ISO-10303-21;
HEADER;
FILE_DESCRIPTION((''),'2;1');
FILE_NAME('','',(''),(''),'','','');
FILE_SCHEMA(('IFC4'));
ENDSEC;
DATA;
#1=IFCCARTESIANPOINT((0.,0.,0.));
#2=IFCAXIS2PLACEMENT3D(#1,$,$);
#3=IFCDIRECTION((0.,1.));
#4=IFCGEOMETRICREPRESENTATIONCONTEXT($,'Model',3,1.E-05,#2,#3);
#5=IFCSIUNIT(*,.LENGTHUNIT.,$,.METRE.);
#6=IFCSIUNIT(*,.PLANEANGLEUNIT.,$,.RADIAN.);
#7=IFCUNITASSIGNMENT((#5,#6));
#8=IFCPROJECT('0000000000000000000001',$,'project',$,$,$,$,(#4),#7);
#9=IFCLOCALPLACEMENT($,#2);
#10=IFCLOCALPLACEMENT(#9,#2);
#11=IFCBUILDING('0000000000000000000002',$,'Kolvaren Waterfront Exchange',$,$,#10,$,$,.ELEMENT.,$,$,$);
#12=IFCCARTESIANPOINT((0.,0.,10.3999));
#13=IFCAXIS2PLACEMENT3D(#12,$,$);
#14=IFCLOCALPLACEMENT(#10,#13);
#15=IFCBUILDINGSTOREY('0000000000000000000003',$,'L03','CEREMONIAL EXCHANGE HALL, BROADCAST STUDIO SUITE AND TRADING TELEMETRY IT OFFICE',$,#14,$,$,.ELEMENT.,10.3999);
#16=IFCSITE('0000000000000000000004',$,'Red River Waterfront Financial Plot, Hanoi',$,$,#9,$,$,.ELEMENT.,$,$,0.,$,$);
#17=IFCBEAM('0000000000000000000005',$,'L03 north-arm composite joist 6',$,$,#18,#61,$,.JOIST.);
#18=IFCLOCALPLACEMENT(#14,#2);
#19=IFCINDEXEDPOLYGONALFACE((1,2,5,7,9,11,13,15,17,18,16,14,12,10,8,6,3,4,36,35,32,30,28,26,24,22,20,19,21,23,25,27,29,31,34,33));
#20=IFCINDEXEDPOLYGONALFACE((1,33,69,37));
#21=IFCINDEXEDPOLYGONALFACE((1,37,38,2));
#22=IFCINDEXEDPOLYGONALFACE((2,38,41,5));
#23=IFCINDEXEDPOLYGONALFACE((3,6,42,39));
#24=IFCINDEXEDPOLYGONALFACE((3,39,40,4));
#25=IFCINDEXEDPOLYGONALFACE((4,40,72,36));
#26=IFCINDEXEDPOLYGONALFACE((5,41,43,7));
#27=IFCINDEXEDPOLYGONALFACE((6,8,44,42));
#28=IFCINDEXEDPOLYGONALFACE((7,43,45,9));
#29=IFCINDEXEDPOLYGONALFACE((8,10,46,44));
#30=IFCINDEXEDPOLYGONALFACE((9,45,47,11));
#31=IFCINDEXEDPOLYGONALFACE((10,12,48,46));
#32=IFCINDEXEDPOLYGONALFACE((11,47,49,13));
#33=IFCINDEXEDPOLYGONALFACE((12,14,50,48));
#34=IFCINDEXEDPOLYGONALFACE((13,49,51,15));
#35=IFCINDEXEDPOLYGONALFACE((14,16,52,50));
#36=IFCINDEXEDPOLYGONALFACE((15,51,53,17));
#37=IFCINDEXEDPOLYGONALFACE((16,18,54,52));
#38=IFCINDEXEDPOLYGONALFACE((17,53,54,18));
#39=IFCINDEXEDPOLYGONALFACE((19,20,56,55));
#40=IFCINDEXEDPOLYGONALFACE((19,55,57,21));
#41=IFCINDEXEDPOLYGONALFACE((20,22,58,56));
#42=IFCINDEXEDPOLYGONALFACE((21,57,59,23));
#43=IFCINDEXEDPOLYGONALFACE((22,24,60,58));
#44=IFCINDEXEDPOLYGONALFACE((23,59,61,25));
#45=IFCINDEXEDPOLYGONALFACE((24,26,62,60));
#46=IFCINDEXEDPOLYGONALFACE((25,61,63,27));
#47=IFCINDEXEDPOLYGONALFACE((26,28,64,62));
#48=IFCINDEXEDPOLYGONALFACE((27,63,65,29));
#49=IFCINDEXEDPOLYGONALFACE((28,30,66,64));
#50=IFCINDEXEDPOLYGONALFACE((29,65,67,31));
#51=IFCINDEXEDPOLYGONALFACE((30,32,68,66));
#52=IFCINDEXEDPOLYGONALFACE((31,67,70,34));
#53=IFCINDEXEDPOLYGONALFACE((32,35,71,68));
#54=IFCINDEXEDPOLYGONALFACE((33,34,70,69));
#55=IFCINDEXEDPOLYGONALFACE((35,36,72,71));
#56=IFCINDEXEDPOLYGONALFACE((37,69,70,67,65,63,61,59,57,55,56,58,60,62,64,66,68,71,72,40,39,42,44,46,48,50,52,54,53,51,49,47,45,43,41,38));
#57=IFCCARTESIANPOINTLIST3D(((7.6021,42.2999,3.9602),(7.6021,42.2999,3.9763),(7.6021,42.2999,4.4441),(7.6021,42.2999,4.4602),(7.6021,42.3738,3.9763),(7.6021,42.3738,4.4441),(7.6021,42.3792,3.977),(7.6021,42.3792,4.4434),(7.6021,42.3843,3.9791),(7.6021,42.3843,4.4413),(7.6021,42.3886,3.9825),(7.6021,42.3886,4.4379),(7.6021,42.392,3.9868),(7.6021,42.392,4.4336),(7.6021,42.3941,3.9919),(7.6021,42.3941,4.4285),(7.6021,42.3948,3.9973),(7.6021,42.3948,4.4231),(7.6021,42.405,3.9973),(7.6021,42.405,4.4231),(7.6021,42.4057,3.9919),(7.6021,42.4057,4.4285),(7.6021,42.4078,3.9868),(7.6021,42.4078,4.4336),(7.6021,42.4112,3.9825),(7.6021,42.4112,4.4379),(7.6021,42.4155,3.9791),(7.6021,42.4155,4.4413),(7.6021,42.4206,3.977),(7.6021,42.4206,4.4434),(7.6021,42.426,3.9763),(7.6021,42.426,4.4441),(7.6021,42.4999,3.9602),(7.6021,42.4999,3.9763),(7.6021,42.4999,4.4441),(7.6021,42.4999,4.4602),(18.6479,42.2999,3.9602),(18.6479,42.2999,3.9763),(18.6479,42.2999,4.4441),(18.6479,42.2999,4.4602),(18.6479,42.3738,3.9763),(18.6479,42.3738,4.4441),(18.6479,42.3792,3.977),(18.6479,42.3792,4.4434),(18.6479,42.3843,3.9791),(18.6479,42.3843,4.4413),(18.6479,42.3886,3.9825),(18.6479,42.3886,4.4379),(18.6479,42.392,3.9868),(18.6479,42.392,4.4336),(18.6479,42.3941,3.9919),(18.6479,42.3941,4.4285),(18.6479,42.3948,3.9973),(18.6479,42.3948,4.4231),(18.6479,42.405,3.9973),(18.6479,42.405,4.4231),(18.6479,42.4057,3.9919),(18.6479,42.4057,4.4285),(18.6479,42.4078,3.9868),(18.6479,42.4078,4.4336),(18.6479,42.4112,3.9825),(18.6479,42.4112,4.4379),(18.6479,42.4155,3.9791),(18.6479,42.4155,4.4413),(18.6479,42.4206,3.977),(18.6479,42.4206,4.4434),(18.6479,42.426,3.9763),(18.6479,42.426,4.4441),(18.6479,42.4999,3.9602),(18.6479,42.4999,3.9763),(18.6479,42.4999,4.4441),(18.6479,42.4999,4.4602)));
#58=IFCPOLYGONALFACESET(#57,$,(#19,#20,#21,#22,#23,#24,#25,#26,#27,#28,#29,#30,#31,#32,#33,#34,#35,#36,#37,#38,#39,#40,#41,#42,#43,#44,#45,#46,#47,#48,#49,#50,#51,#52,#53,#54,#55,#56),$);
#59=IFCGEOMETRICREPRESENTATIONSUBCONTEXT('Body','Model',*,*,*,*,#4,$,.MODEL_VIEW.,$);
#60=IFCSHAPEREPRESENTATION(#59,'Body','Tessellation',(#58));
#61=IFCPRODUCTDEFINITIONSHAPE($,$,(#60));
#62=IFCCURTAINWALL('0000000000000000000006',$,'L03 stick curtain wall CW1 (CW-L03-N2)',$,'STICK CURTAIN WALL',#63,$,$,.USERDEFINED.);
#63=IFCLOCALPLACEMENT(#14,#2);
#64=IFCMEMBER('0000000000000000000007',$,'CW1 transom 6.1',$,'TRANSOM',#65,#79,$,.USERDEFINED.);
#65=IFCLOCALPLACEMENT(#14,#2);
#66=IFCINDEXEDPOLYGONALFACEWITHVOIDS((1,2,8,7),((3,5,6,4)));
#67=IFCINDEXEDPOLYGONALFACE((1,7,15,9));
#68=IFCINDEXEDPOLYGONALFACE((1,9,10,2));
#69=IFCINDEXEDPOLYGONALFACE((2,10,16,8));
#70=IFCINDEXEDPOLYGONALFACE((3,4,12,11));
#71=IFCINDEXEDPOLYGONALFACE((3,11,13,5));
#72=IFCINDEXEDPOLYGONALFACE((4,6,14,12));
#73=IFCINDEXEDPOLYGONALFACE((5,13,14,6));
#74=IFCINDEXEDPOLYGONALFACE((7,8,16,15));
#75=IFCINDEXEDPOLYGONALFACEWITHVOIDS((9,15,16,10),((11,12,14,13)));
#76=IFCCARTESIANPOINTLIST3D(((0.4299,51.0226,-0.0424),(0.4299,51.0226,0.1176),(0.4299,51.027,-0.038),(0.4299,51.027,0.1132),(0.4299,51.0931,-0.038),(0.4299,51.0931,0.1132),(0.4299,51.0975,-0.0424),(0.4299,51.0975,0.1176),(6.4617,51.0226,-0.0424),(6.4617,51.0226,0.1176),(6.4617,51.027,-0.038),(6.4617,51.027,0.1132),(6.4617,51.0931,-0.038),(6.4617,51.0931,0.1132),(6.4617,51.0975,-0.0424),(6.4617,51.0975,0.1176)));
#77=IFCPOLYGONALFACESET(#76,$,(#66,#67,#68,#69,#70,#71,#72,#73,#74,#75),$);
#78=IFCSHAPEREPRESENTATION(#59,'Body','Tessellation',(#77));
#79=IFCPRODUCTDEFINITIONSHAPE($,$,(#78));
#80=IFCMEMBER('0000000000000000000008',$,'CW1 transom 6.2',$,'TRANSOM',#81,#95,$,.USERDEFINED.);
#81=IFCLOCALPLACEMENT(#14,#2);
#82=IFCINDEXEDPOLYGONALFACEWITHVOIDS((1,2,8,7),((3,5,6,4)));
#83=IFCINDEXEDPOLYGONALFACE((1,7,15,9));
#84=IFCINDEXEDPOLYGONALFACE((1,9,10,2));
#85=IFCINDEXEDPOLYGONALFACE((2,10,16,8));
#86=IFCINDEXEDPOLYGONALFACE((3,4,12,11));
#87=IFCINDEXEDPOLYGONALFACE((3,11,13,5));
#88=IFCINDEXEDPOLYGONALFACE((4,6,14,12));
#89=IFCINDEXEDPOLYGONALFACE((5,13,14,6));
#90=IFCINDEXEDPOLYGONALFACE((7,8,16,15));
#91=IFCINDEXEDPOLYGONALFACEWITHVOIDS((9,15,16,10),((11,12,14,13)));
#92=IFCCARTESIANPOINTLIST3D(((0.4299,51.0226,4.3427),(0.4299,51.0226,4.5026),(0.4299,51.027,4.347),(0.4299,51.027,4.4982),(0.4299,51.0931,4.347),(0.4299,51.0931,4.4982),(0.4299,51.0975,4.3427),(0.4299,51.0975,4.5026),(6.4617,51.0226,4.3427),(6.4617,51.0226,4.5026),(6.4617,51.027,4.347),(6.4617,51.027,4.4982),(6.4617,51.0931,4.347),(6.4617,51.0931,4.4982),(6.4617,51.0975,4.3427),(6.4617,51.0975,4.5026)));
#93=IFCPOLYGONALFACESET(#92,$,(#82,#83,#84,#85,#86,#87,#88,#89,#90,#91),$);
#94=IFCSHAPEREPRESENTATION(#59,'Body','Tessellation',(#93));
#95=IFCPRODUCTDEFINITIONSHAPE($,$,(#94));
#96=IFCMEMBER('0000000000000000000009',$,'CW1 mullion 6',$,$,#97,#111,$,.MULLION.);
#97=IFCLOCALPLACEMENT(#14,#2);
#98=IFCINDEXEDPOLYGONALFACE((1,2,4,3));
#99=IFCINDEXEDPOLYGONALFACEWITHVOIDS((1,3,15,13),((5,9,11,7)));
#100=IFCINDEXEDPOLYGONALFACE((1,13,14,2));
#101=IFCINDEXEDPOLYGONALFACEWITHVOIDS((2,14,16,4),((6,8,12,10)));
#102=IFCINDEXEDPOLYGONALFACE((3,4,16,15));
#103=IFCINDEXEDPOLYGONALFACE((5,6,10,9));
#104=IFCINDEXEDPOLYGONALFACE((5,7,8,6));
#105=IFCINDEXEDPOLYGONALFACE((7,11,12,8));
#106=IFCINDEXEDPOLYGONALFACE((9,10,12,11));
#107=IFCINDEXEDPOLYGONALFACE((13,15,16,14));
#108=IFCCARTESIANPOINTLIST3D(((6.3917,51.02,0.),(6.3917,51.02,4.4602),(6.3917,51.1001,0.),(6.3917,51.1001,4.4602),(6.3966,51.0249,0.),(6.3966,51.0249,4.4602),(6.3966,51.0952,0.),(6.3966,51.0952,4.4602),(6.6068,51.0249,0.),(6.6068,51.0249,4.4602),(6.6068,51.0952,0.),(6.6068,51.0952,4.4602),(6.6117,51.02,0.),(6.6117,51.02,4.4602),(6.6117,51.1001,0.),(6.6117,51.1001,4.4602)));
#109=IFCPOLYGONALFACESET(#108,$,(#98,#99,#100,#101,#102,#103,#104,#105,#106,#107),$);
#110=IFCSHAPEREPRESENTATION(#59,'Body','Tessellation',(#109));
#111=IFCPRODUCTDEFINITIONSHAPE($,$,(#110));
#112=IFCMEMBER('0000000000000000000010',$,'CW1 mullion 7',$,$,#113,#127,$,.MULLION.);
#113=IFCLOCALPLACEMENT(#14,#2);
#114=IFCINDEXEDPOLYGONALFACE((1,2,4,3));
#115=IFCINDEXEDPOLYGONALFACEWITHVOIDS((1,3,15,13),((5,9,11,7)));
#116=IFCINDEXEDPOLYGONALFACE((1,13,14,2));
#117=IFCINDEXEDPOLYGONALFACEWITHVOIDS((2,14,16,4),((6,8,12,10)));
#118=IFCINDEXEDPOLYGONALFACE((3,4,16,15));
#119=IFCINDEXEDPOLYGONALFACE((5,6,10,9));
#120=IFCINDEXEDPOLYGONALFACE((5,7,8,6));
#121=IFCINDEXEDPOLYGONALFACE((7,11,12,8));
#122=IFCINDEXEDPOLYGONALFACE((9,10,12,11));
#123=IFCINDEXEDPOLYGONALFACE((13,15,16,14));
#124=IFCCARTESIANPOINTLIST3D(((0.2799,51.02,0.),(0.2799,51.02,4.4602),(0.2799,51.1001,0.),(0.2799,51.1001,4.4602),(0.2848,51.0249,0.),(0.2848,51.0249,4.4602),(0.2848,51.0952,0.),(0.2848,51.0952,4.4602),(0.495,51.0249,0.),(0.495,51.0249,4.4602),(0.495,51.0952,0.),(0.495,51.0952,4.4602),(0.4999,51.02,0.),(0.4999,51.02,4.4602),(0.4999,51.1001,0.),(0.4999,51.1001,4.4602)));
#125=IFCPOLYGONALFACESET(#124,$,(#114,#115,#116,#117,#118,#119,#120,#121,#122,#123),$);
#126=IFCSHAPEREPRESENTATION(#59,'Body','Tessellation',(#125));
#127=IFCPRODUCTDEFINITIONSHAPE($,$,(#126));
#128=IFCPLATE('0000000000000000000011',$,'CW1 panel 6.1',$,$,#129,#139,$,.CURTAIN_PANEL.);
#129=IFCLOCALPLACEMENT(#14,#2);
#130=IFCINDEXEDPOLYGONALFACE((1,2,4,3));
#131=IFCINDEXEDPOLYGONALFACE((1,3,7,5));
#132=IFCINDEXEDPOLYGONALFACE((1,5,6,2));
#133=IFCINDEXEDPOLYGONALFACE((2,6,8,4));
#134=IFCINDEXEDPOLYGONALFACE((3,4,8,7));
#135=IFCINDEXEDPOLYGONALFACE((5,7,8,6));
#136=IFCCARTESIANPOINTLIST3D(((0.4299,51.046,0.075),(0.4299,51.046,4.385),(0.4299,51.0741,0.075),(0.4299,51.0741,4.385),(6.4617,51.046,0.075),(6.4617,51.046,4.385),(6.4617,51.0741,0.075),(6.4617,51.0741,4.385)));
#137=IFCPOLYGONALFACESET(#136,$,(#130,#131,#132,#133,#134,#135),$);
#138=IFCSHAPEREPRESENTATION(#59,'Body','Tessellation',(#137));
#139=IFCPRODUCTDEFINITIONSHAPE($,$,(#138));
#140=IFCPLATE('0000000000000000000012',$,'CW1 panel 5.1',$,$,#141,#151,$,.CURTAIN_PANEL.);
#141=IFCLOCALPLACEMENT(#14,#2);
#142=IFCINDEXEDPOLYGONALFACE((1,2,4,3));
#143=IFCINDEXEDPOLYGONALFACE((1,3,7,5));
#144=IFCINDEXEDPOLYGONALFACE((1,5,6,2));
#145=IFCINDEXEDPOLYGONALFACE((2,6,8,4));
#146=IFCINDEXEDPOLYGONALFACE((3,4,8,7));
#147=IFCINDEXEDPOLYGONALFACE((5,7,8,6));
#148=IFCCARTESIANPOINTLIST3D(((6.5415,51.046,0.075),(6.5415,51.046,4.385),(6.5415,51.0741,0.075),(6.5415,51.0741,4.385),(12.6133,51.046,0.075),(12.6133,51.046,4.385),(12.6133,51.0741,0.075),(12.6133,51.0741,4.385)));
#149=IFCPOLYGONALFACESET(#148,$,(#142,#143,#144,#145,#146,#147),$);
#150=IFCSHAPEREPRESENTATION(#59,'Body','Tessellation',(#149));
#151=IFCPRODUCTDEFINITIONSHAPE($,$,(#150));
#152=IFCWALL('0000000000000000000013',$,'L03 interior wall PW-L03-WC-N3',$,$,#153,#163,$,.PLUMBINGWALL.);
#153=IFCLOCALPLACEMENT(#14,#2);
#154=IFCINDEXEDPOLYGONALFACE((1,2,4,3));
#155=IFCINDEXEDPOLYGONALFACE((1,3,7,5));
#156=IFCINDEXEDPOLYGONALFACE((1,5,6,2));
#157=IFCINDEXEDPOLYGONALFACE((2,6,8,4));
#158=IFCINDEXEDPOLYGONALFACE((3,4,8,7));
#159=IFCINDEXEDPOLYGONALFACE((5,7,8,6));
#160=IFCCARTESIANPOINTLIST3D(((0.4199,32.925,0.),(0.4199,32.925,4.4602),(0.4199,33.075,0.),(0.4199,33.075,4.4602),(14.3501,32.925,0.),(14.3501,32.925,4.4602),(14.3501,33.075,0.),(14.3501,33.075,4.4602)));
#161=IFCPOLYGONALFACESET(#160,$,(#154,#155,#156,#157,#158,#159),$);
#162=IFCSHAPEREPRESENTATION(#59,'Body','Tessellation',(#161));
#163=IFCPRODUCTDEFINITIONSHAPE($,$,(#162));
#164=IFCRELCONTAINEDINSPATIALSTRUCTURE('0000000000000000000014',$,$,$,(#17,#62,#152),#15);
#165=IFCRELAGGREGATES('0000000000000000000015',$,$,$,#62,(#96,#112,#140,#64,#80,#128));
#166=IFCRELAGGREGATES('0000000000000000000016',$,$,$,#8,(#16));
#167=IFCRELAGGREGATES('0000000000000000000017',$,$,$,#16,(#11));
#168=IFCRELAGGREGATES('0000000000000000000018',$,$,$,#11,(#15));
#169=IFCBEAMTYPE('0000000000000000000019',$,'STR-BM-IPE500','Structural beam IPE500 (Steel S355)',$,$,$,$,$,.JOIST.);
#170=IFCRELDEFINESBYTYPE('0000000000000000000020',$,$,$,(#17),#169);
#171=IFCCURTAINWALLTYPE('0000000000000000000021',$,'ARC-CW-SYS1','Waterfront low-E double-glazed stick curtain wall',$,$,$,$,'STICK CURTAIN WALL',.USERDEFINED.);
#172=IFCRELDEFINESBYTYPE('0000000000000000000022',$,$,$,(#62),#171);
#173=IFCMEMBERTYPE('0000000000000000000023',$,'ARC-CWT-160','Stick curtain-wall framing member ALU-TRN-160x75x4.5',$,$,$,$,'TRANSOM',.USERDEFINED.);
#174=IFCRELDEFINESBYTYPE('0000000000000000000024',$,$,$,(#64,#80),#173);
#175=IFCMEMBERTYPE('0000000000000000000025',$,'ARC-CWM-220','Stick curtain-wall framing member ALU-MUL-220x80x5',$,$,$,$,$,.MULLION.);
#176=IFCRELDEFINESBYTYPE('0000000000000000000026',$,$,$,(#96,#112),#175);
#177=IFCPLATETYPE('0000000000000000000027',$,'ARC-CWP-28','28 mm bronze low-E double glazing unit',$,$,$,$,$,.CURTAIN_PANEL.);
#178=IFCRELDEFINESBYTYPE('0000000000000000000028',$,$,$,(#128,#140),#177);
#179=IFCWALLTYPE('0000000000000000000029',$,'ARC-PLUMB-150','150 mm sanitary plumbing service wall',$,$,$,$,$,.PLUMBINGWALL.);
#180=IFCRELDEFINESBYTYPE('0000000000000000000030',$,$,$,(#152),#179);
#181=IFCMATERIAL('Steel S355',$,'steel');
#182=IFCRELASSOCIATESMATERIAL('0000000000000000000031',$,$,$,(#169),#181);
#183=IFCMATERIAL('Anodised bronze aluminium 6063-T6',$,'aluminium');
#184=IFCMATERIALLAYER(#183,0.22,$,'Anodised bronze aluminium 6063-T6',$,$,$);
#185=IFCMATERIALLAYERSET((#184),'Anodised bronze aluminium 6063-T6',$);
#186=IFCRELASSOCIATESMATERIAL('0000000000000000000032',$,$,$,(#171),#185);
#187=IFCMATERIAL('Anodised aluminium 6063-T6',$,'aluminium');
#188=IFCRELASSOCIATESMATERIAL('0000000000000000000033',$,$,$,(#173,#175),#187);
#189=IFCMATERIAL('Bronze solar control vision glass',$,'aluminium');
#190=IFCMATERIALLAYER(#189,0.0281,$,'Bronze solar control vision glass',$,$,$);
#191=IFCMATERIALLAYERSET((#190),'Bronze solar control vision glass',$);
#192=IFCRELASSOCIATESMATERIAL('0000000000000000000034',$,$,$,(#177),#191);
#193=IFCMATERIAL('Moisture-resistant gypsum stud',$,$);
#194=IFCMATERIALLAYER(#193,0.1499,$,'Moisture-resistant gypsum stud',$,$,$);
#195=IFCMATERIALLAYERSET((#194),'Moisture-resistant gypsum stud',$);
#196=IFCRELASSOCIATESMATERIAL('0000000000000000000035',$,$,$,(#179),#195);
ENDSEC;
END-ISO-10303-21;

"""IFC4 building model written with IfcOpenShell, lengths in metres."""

from ifc_helpers import new_model, si_unit, direction, frame, frame_2d, origin, origin_with_axes, origin_2d, place, context, subcontext, project, spatial, rectangle, hollow_rectangle, i_section, extrude, source, transform, mapped, material, layer, layer_set, material_profile, profile_set, type_object, element, aggregate, save


model = new_model("IFC4")

# Units and contexts
model_context = context("Model", 3, precision=1e-05, world=origin(), true_north=direction((0.0, 1.0)))
body_context = subcontext(model_context, "Body", "Model", "MODEL_VIEW")
ifc_project = project(units=[si_unit("LENGTHUNIT", "METRE"), si_unit("PLANEANGLEUNIT", "RADIAN")], contexts=[model_context])

# Site, building, storey
site_placement = place(None, origin())
site = spatial("IfcSite", under=ifc_project, at=site_placement, Name="Red River Waterfront Financial Plot, Hanoi", CompositionType="ELEMENT", RefElevation=0.0)
building_placement = place(site_placement, origin())
building = spatial("IfcBuilding", under=site, at=building_placement, Name="Kolvaren Waterfront Exchange", CompositionType="ELEMENT")
storey_placement = place(building_placement, frame((0.0, 0.0, 10.3999)))
storey = spatial("IfcBuildingStorey", under=building, at=storey_placement, Name="L03", Description="CEREMONIAL EXCHANGE HALL, BROADCAST STUDIO SUITE AND TRADING TELEMETRY IT OFFICE", CompositionType="ELEMENT", Elevation=10.3999)

# Beam
ifc_material_1 = material(Name="Steel S355", Category="steel")
ifc_material_profile_1 = material_profile(ifc_material_1, i_section(OverallWidth=0.2, OverallDepth=0.5, WebThickness=0.0103, FlangeThickness=0.0161, FilletRadius=0.021, at=origin_2d()), Name="IPE500")
ifc_profile_set_1 = profile_set([ifc_material_profile_1], Name="Steel S355")
beam_type_1 = type_object("IfcBeamType", Name="STR-BM-IPE500", Description="Structural beam IPE500 (Steel S355)", PredefinedType="JOIST", material=ifc_profile_set_1)
for number, where, z_axis, x_axis, name in (
    (1, (7.6021, 42.3999, 4.2102), (1.0, 0.0, 0.0), (0.0, 1.0, 0.0), "L03 north-arm composite joist 6"),
):
    element("IfcBeam", number, at=place(storey_placement, frame(where, z_axis=z_axis, x_axis=x_axis)), inside=storey, type_object=beam_type_1, Name=name, PredefinedType="JOIST", context=body_context, shape_type="SweptSolid", body=[
        extrude(i_section(OverallWidth=0.2, OverallDepth=0.5, WebThickness=0.0103, FlangeThickness=0.0161, FilletRadius=0.021, at=origin_2d()), origin(), (0.0, 0.0, 1.0), 11.0459),
    ])

# Curtain wall, members, plates
ifc_material_2 = material(Name="Anodised bronze aluminium 6063-T6", Category="aluminium")
ifc_layer_1 = layer(ifc_material_2, 0.22, Name="Anodised bronze aluminium 6063-T6")
ifc_layer_set_1 = layer_set([ifc_layer_1], Name="Anodised bronze aluminium 6063-T6")
curtain_wall_type = type_object("IfcCurtainWallType", Name="ARC-CW-SYS1", Description="Waterfront low-E double-glazed stick curtain wall", ElementType="STICK CURTAIN WALL", PredefinedType="USERDEFINED", material=ifc_layer_set_1)
curtain_wall_placement = place(storey_placement, origin())
curtain_wall = element("IfcCurtainWall", 2, at=curtain_wall_placement, inside=storey, type_object=curtain_wall_type, Name="L03 stick curtain wall CW1 (CW-L03-N2)", ObjectType="STICK CURTAIN WALL", PredefinedType="USERDEFINED")
ifc_material_3 = material(Name="Anodised aluminium 6063-T6", Category="aluminium")
ifc_material_profile_2 = material_profile(ifc_material_3, hollow_rectangle(XDim=0.075, YDim=0.1599, WallThickness=0.0044, at=origin_2d()), Name="ALU-TRN-160x75x4.5")
ifc_profile_set_2 = profile_set([ifc_material_profile_2], Name="Anodised aluminium 6063-T6")
member_type_1 = type_object("IfcMemberType", Name="ARC-CWT-160", Description="Stick curtain-wall framing member ALU-TRN-160x75x4.5", ElementType="TRANSOM", PredefinedType="USERDEFINED", material=ifc_profile_set_2)
shared_shape_1 = source(origin_with_axes(), body_context, "Body", "SweptSolid", [
    extrude(hollow_rectangle(XDim=0.075, YDim=0.1599, WallThickness=0.0044, at=origin_2d()), origin(), (0.0, 0.0, 1.0), 6.0317),
])
member_1_placement = place(storey_placement, frame((6.4617, 51.0601, 0.0376), z_axis=(-1.0, 0.0, 0.0), x_axis=(0.0, -1.0, 0.0)))
member_1 = element("IfcMember", 3, at=member_1_placement, type_object=member_type_1, Name="CW1 transom 6.1", ObjectType="TRANSOM", PredefinedType="USERDEFINED", context=body_context, shape_type="MappedRepresentation", body=[
    mapped(shared_shape_1, transform((0.0, 0.0, 0.0), x_axis=(1.0, 0.0, 0.0), y_axis=(0.0, 1.0, 0.0), z_axis=(0.0, 0.0, 1.0), scale=1.0)),
])
member_2_placement = place(storey_placement, frame((6.4617, 51.0601, 4.4226), z_axis=(-1.0, 0.0, 0.0), x_axis=(0.0, -1.0, 0.0)))
member_2 = element("IfcMember", 4, at=member_2_placement, type_object=member_type_1, Name="CW1 transom 6.2", ObjectType="TRANSOM", PredefinedType="USERDEFINED", context=body_context, shape_type="MappedRepresentation", body=[
    mapped(shared_shape_1, transform((0.0, 0.0, 0.0), x_axis=(1.0, 0.0, 0.0), y_axis=(0.0, 1.0, 0.0), z_axis=(0.0, 0.0, 1.0), scale=1.0)),
])
ifc_material_profile_3 = material_profile(ifc_material_3, hollow_rectangle(XDim=0.0801, YDim=0.22, WallThickness=0.0049, at=origin_2d()), Name="ALU-MUL-220x80x5")
ifc_profile_set_3 = profile_set([ifc_material_profile_3], Name="Anodised aluminium 6063-T6")
member_type_2 = type_object("IfcMemberType", Name="ARC-CWM-220", Description="Stick curtain-wall framing member ALU-MUL-220x80x5", PredefinedType="MULLION", material=ifc_profile_set_3)
shared_shape_2 = source(origin_with_axes(), body_context, "Body", "SweptSolid", [
    extrude(hollow_rectangle(XDim=0.0801, YDim=0.22, WallThickness=0.0049, at=origin_2d()), origin(), (0.0, 0.0, 1.0), 4.4602),
])
member_3_placement = place(storey_placement, frame((6.5017, 51.0601, 0.0), z_axis=(0.0, 0.0, 1.0), x_axis=(0.0, -1.0, 0.0)))
member_3 = element("IfcMember", 5, at=member_3_placement, type_object=member_type_2, Name="CW1 mullion 6", PredefinedType="MULLION", context=body_context, shape_type="MappedRepresentation", body=[
    mapped(shared_shape_2, transform((0.0, 0.0, 0.0), x_axis=(1.0, 0.0, 0.0), y_axis=(0.0, 1.0, 0.0), z_axis=(0.0, 0.0, 1.0), scale=1.0)),
])
member_4_placement = place(storey_placement, frame((0.3899, 51.0601, 0.0), z_axis=(0.0, 0.0, 1.0), x_axis=(0.0, -1.0, 0.0)))
member_4 = element("IfcMember", 6, at=member_4_placement, type_object=member_type_2, Name="CW1 mullion 7", PredefinedType="MULLION", context=body_context, shape_type="MappedRepresentation", body=[
    mapped(shared_shape_2, transform((0.0, 0.0, 0.0), x_axis=(1.0, 0.0, 0.0), y_axis=(0.0, 1.0, 0.0), z_axis=(0.0, 0.0, 1.0), scale=1.0)),
])
ifc_material_4 = material(Name="Bronze solar control vision glass", Category="aluminium")
ifc_layer_2 = layer(ifc_material_4, 0.0281, Name="Bronze solar control vision glass")
ifc_layer_set_2 = layer_set([ifc_layer_2], Name="Bronze solar control vision glass")
plate_type = type_object("IfcPlateType", Name="ARC-CWP-28", Description="28 mm bronze low-E double glazing unit", PredefinedType="CURTAIN_PANEL", material=ifc_layer_set_2)
shared_shape_3 = source(origin_with_axes(), body_context, "Body", "SweptSolid", [
    extrude(rectangle(XDim=6.0317, YDim=0.0281, at=origin_2d()), origin(), (0.0, 0.0, 1.0), 4.3101),
])
plate_1_placement = place(storey_placement, frame((3.4458, 51.0601, 0.075), z_axis=(0.0, 0.0, 1.0), x_axis=(-1.0, 0.0, 0.0)))
plate_1 = element("IfcPlate", 7, at=plate_1_placement, type_object=plate_type, Name="CW1 panel 6.1", PredefinedType="CURTAIN_PANEL", context=body_context, shape_type="MappedRepresentation", body=[
    mapped(shared_shape_3, transform((0.0, 0.0, 0.0), x_axis=(1.0, 0.0, 0.0), y_axis=(0.0, 1.0, 0.0), z_axis=(0.0, 0.0, 1.0), scale=1.0)),
])
shared_shape_4 = source(origin_with_axes(), body_context, "Body", "SweptSolid", [
    extrude(rectangle(XDim=6.0718, YDim=0.0281, at=origin_2d()), origin(), (0.0, 0.0, 1.0), 4.3101),
])
plate_2_placement = place(storey_placement, frame((9.5774, 51.0601, 0.075), z_axis=(0.0, 0.0, 1.0), x_axis=(-1.0, 0.0, 0.0)))
plate_2 = element("IfcPlate", 8, at=plate_2_placement, type_object=plate_type, Name="CW1 panel 5.1", PredefinedType="CURTAIN_PANEL", context=body_context, shape_type="MappedRepresentation", body=[
    mapped(shared_shape_4, transform((0.0, 0.0, 0.0), x_axis=(1.0, 0.0, 0.0), y_axis=(0.0, 1.0, 0.0), z_axis=(0.0, 0.0, 1.0), scale=1.0)),
])
aggregate(curtain_wall, [member_3, member_4, plate_2, member_1, member_2, plate_1])

# Wall
ifc_material_5 = material(Name="Moisture-resistant gypsum stud")
ifc_layer_3 = layer(ifc_material_5, 0.1499, Name="Moisture-resistant gypsum stud")
ifc_layer_set_3 = layer_set([ifc_layer_3], Name="Moisture-resistant gypsum stud")
wall_type = type_object("IfcWallType", Name="ARC-PLUMB-150", Description="150 mm sanitary plumbing service wall", PredefinedType="PLUMBINGWALL", material=ifc_layer_set_3)
wall_placement = place(storey_placement, frame((0.4199, 33.0, 0.0), z_axis=(0.0, 0.0, 1.0), x_axis=(1.0, 0.0, 0.0)))
element("IfcWall", 9, at=wall_placement, inside=storey, type_object=wall_type, Name="L03 interior wall PW-L03-WC-N3", PredefinedType="PLUMBINGWALL", context=body_context, shape_type="SweptSolid", body=[
    extrude(rectangle(XDim=13.9302, YDim=0.1499, at=frame_2d((6.9651, 0.0))), origin(), (0.0, 0.0, 1.0), 4.4602),
])

save(model, "model.ifc")
